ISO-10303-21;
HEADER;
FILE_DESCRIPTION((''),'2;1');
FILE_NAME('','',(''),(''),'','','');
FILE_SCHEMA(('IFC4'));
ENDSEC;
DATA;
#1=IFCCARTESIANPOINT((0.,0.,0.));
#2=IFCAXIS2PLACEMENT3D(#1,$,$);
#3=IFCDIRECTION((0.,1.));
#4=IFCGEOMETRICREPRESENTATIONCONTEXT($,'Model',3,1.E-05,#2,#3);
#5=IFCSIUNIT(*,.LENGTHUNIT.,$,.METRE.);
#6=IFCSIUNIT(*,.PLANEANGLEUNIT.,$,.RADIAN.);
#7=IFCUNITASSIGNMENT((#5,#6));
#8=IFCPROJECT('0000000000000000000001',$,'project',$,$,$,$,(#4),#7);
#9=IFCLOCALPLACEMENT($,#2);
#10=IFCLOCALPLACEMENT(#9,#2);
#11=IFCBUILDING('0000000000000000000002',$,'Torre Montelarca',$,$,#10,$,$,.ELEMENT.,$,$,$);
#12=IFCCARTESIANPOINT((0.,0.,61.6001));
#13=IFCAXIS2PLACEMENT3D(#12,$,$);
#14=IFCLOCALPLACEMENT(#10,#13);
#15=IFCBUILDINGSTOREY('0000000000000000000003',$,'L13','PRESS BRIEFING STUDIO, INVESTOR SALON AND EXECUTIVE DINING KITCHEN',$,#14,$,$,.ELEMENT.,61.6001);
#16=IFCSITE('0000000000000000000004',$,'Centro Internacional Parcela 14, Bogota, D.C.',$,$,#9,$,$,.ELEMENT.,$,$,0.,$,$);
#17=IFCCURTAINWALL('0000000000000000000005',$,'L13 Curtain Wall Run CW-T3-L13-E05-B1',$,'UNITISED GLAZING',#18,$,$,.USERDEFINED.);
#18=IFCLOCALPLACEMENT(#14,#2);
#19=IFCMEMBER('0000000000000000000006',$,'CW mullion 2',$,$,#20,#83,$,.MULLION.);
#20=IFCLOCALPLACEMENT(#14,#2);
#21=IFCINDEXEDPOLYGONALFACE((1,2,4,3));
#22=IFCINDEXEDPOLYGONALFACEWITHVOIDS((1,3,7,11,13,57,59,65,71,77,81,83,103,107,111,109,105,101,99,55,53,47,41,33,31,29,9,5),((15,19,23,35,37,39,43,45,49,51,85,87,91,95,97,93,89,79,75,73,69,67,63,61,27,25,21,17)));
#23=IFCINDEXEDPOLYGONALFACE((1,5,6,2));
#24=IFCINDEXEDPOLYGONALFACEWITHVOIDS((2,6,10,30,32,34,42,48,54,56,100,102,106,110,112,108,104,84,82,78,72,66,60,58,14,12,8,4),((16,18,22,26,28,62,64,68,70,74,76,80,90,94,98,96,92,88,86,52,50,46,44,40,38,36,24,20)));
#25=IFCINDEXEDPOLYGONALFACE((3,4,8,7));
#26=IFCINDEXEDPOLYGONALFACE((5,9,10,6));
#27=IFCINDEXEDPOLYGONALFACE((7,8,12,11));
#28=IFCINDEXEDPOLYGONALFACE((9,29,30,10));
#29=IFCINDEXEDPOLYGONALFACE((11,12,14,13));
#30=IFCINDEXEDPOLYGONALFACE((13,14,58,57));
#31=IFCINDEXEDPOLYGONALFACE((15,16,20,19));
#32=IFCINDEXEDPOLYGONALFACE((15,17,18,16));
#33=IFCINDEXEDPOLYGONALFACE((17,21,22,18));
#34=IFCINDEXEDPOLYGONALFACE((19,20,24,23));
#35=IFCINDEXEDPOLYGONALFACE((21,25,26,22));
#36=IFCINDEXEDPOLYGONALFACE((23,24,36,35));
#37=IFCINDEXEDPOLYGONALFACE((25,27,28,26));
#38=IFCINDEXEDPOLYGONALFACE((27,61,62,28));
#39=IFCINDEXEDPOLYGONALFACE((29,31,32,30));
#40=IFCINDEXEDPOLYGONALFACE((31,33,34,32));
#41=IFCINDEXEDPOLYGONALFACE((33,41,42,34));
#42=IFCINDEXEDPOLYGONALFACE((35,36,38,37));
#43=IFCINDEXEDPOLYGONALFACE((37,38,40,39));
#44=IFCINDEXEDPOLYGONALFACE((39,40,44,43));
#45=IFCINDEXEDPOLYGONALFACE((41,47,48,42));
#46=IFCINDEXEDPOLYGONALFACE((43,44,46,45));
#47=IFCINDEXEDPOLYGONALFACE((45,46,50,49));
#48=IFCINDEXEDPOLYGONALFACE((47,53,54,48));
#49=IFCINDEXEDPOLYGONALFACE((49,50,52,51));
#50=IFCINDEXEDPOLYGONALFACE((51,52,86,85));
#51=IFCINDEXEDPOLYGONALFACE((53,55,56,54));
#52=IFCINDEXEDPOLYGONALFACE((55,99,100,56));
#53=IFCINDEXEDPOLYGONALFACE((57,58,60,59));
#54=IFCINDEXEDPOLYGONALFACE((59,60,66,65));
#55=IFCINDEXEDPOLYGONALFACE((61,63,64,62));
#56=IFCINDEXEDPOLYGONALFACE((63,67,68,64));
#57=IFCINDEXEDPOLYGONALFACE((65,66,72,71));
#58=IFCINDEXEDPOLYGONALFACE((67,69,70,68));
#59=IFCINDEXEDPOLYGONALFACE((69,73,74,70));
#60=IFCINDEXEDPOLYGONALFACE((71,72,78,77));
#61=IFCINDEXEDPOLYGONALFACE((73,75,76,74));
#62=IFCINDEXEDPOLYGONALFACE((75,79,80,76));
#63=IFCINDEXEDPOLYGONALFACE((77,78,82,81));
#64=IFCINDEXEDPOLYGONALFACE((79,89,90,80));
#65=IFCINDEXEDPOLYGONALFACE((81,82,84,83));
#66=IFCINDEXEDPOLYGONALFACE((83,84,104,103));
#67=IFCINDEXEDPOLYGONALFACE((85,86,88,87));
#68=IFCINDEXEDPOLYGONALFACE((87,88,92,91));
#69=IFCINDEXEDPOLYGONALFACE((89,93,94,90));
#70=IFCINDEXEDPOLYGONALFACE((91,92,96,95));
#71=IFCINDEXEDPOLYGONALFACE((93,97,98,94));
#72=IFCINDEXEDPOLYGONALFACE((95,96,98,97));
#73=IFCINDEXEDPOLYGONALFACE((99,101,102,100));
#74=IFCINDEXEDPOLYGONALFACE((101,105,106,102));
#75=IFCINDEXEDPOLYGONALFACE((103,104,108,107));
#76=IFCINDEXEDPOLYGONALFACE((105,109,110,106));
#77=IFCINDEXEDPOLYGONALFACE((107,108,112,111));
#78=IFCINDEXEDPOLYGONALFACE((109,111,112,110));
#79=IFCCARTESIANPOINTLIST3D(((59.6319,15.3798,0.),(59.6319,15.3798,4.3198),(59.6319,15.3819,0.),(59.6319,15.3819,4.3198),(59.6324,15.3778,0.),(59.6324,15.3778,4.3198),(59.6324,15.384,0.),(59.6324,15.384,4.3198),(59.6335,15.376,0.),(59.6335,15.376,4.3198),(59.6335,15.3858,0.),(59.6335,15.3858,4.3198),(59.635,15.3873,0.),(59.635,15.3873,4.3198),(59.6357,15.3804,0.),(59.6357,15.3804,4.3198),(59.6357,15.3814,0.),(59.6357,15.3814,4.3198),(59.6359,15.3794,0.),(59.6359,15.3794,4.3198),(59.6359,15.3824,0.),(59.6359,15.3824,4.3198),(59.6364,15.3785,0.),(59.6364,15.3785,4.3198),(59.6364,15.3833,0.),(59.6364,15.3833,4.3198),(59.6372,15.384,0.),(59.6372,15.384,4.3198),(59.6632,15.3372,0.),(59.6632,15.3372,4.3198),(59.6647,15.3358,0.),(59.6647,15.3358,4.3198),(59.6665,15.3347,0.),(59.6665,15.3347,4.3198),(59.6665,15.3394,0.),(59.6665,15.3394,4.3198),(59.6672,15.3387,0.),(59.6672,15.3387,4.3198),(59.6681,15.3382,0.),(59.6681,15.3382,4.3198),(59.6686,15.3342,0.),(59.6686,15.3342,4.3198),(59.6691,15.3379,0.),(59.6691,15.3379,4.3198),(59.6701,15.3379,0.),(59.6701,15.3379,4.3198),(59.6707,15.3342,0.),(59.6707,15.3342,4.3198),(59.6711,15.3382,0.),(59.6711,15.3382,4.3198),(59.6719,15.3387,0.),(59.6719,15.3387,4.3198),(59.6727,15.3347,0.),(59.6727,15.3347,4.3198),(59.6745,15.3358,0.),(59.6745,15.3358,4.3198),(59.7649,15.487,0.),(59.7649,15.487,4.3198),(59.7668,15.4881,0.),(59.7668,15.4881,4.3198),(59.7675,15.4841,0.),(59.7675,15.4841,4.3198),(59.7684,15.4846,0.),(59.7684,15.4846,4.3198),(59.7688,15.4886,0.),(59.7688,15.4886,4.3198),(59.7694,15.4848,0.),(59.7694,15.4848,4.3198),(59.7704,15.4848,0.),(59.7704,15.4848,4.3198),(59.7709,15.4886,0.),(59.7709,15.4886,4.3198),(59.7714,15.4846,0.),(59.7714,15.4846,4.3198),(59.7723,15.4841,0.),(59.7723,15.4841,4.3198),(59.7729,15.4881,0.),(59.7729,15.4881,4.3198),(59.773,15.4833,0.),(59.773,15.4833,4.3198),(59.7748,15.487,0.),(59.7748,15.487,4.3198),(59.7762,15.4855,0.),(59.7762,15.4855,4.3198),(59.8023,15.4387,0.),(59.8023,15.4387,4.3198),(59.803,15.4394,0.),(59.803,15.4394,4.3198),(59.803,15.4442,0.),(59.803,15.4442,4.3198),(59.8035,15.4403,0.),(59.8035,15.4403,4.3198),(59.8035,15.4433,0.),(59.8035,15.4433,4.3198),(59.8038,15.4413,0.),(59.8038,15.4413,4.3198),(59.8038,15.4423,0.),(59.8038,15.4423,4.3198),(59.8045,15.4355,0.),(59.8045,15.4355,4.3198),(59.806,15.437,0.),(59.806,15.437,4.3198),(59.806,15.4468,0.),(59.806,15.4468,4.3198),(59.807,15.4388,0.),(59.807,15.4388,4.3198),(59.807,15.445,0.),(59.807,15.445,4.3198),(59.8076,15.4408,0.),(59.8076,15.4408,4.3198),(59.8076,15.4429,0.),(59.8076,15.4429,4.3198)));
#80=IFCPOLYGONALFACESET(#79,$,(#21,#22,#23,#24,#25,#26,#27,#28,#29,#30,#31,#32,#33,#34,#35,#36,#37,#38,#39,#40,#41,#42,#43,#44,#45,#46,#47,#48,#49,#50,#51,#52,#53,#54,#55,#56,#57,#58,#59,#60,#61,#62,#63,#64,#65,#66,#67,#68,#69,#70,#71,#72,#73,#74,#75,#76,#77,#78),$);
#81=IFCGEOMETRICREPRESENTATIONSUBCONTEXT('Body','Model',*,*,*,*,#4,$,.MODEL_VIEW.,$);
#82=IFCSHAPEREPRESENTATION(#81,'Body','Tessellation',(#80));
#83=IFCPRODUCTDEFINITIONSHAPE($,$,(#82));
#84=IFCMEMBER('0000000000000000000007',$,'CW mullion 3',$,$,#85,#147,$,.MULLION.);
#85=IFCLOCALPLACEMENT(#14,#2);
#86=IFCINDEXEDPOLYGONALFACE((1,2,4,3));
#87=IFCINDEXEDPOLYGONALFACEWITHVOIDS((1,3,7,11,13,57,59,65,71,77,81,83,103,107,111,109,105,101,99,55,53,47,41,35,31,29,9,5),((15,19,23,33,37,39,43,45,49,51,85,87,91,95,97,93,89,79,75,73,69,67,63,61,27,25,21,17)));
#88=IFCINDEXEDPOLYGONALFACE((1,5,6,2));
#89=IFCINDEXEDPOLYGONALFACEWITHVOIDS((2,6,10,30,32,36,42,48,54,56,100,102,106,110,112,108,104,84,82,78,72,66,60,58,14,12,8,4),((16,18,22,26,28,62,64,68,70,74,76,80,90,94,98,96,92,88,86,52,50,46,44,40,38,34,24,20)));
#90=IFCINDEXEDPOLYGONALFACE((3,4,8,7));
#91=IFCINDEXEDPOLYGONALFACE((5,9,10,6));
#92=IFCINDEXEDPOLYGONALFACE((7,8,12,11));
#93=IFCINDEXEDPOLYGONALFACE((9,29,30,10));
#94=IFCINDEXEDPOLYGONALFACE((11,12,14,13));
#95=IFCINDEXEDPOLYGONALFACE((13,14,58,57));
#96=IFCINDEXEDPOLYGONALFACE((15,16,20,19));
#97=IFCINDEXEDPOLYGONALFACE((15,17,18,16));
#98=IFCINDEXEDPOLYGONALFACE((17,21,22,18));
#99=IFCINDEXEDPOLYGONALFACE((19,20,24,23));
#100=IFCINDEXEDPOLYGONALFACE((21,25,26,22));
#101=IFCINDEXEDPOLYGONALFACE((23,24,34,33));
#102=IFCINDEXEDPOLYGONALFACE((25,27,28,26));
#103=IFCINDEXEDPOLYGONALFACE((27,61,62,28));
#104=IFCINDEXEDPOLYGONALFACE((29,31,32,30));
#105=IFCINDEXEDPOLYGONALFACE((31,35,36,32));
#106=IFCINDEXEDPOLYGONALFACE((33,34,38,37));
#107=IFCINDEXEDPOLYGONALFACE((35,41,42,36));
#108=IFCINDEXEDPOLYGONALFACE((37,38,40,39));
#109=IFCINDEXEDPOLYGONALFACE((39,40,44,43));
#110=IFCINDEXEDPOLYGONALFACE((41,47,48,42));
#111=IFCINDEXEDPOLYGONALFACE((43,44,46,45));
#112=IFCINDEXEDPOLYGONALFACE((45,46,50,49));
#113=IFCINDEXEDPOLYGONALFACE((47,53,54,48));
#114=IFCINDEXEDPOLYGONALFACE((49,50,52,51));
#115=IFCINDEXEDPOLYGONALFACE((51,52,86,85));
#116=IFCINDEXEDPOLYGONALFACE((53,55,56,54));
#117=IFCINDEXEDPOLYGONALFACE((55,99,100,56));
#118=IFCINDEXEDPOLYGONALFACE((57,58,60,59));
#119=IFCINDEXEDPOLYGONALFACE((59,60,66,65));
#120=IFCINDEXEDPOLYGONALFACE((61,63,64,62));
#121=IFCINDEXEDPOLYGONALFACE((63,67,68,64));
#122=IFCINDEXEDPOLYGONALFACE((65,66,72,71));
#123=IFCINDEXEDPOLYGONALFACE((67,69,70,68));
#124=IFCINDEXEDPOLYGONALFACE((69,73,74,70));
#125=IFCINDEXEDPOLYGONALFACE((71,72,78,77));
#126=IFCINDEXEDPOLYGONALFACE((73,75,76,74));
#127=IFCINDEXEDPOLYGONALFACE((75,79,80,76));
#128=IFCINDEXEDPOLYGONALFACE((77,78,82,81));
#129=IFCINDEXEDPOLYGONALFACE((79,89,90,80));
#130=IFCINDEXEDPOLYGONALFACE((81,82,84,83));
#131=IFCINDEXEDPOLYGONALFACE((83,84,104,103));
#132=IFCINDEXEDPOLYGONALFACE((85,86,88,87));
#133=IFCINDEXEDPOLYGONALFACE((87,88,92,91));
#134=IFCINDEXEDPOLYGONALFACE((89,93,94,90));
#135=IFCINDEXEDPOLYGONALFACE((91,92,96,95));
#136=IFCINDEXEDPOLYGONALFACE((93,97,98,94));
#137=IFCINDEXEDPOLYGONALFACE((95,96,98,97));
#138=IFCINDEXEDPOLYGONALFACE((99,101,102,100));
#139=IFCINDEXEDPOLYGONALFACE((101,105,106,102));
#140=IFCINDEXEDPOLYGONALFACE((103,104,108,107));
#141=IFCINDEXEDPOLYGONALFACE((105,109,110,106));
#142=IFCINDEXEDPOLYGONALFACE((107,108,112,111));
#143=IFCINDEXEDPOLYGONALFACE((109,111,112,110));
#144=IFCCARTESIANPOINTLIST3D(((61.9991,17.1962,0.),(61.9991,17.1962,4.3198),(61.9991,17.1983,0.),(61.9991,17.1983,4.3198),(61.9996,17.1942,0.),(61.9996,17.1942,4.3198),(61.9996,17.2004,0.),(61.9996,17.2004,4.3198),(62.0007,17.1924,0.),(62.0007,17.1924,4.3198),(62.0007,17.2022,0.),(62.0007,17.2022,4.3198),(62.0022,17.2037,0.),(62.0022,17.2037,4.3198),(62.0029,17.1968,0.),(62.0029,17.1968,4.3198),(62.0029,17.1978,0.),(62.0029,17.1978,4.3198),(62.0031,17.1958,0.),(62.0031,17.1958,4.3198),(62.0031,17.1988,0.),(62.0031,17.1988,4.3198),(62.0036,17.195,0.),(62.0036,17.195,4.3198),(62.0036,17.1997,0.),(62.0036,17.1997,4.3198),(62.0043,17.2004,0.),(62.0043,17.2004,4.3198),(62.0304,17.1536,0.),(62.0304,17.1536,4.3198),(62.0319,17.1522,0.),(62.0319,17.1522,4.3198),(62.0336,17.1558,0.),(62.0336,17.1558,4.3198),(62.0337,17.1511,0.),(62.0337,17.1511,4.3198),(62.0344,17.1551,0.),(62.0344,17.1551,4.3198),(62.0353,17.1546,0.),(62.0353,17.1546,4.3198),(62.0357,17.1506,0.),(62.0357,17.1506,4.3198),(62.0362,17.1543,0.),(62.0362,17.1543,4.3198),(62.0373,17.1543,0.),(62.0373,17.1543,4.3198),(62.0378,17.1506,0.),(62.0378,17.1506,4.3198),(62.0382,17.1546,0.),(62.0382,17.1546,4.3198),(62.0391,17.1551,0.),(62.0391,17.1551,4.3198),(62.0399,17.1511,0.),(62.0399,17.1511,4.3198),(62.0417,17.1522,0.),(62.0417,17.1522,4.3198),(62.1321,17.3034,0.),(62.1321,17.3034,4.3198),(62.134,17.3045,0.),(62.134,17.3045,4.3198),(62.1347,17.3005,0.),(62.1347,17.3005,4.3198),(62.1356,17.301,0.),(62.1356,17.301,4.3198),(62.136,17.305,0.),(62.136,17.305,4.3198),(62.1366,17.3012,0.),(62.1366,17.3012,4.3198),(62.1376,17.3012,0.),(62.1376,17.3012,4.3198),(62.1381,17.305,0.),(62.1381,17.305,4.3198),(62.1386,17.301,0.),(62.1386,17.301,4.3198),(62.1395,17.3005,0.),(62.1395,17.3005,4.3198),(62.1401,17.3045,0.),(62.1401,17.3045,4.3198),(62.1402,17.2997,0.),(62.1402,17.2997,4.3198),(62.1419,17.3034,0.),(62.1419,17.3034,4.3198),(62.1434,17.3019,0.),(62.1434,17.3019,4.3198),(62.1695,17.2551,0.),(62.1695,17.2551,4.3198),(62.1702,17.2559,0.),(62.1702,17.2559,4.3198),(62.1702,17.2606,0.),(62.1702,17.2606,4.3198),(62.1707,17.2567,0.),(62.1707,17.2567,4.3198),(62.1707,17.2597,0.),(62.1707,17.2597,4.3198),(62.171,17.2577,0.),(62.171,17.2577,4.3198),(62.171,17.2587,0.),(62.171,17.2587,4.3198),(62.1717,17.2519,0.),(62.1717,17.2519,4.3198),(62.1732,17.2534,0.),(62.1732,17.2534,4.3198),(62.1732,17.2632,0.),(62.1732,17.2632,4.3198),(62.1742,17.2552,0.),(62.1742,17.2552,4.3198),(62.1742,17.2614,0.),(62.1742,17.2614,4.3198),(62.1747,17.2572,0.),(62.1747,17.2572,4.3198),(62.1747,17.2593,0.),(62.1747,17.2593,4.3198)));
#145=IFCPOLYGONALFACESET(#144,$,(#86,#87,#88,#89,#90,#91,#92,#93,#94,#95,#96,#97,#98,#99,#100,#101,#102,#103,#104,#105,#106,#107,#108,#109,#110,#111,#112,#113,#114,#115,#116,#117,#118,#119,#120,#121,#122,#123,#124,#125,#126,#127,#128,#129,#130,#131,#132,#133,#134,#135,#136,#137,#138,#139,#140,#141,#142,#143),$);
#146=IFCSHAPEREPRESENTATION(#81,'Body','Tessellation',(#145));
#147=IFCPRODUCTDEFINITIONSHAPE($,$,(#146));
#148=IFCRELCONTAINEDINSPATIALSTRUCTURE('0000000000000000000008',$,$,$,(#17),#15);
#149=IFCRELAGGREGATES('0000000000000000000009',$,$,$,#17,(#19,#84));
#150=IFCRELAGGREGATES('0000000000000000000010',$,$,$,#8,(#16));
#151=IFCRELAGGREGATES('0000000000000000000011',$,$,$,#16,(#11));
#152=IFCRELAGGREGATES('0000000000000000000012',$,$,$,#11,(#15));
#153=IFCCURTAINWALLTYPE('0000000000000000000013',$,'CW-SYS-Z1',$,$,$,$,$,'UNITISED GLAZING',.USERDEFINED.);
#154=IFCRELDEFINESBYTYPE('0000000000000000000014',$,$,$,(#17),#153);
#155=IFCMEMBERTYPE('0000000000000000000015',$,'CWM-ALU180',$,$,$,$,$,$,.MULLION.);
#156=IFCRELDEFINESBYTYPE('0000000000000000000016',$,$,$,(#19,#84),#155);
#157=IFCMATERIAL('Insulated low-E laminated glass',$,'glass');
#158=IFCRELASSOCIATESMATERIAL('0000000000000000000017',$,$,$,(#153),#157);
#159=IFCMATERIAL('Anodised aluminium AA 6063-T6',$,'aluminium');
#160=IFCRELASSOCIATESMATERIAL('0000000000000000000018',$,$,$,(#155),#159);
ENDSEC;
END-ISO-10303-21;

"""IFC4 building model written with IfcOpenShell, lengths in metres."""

from ifc_helpers import new_model, si_unit, direction, frame, origin, origin_2d, place, context, subcontext, project, spatial, hollow_rectangle, extrude, source, transform, mapped, material, material_profile, profile_set, type_object, element, aggregate, save


model = new_model("IFC4")

# Units and contexts
model_context = context("Model", 3, precision=1e-05, world=origin(), true_north=direction((0.0, 1.0)))
body_context = subcontext(model_context, "Body", "Model", "MODEL_VIEW")
ifc_project = project(units=[si_unit("LENGTHUNIT", "METRE"), si_unit("PLANEANGLEUNIT", "RADIAN")], contexts=[model_context])

# Site, building, storey
site_placement = place(None, origin())
site = spatial("IfcSite", under=ifc_project, at=site_placement, Name="Centro Internacional Parcela 14, Bogota, D.C.", CompositionType="ELEMENT", RefElevation=0.0)
building_placement = place(site_placement, origin())
building = spatial("IfcBuilding", under=site, at=building_placement, Name="Torre Montelarca", CompositionType="ELEMENT")
storey_placement = place(building_placement, frame((0.0, 0.0, 61.6001)))
storey = spatial("IfcBuildingStorey", under=building, at=storey_placement, Name="L13", Description="PRESS BRIEFING STUDIO, INVESTOR SALON AND EXECUTIVE DINING KITCHEN", CompositionType="ELEMENT", Elevation=61.6001)

# Curtain wall
ifc_material_1 = material(Name="Insulated low-E laminated glass", Category="glass")
curtain_wall_type = type_object("IfcCurtainWallType", Name="CW-SYS-Z1", ElementType="UNITISED GLAZING", PredefinedType="USERDEFINED", material=ifc_material_1)
ifc_material_2 = material(Name="Anodised aluminium AA 6063-T6", Category="aluminium")
curtain_wall_1_placement = place(storey_placement, origin())
curtain_wall_1 = element("IfcCurtainWall", 1, at=curtain_wall_1_placement, inside=storey, type_object=curtain_wall_type, Name="L13 Curtain Wall Run CW-T3-L13-E05-B1", ObjectType="UNITISED GLAZING", PredefinedType="USERDEFINED")

# Members
ifc_material_profile_1 = material_profile(ifc_material_2, hollow_rectangle(XDim=0.0649, YDim=0.1799, WallThickness=0.0039, InnerFilletRadius=0.0039, OuterFilletRadius=0.0081, at=origin_2d()), Name="ALU65X180X4", Category="aluminium")
ifc_profile_set_1 = profile_set([ifc_material_profile_1], Name="Anodised aluminium AA 6063-T6")
member_type_1 = type_object("IfcMemberType", Name="CWM-ALU180", PredefinedType="MULLION", material=ifc_profile_set_1)
shared_shape_1 = source(origin(), body_context, "Body", "SweptSolid", [
    extrude(hollow_rectangle(XDim=0.0649, YDim=0.1799, WallThickness=0.0039, InnerFilletRadius=0.0039, OuterFilletRadius=0.0081, at=origin_2d()), origin(), (0.0, 0.0, 1.0), 4.3198),
])
member_1_placement = place(storey_placement, frame((59.7197, 15.4114, 0.0), z_axis=(0.0, 0.0, 1.0), x_axis=(-0.608764, 0.793351, 0.0)))
member_1 = element("IfcMember", 2, at=member_1_placement, type_object=member_type_1, Name="CW mullion 2", PredefinedType="MULLION", context=body_context, shape_type="MappedRepresentation", body=[
    mapped(shared_shape_1, transform((0.0, 0.0, 0.0), scale=1.0)),
])
member_2_placement = place(storey_placement, frame((62.0869, 17.2278, 0.0), z_axis=(0.0, 0.0, 1.0), x_axis=(-0.608764, 0.793351, 0.0)))
member_2 = element("IfcMember", 3, at=member_2_placement, type_object=member_type_1, Name="CW mullion 3", PredefinedType="MULLION", context=body_context, shape_type="MappedRepresentation", body=[
    mapped(shared_shape_1, transform((0.0, 0.0, 0.0), scale=1.0)),
])

aggregate(curtain_wall_1, [member_1, member_2])

save(model, "model.ifc")
